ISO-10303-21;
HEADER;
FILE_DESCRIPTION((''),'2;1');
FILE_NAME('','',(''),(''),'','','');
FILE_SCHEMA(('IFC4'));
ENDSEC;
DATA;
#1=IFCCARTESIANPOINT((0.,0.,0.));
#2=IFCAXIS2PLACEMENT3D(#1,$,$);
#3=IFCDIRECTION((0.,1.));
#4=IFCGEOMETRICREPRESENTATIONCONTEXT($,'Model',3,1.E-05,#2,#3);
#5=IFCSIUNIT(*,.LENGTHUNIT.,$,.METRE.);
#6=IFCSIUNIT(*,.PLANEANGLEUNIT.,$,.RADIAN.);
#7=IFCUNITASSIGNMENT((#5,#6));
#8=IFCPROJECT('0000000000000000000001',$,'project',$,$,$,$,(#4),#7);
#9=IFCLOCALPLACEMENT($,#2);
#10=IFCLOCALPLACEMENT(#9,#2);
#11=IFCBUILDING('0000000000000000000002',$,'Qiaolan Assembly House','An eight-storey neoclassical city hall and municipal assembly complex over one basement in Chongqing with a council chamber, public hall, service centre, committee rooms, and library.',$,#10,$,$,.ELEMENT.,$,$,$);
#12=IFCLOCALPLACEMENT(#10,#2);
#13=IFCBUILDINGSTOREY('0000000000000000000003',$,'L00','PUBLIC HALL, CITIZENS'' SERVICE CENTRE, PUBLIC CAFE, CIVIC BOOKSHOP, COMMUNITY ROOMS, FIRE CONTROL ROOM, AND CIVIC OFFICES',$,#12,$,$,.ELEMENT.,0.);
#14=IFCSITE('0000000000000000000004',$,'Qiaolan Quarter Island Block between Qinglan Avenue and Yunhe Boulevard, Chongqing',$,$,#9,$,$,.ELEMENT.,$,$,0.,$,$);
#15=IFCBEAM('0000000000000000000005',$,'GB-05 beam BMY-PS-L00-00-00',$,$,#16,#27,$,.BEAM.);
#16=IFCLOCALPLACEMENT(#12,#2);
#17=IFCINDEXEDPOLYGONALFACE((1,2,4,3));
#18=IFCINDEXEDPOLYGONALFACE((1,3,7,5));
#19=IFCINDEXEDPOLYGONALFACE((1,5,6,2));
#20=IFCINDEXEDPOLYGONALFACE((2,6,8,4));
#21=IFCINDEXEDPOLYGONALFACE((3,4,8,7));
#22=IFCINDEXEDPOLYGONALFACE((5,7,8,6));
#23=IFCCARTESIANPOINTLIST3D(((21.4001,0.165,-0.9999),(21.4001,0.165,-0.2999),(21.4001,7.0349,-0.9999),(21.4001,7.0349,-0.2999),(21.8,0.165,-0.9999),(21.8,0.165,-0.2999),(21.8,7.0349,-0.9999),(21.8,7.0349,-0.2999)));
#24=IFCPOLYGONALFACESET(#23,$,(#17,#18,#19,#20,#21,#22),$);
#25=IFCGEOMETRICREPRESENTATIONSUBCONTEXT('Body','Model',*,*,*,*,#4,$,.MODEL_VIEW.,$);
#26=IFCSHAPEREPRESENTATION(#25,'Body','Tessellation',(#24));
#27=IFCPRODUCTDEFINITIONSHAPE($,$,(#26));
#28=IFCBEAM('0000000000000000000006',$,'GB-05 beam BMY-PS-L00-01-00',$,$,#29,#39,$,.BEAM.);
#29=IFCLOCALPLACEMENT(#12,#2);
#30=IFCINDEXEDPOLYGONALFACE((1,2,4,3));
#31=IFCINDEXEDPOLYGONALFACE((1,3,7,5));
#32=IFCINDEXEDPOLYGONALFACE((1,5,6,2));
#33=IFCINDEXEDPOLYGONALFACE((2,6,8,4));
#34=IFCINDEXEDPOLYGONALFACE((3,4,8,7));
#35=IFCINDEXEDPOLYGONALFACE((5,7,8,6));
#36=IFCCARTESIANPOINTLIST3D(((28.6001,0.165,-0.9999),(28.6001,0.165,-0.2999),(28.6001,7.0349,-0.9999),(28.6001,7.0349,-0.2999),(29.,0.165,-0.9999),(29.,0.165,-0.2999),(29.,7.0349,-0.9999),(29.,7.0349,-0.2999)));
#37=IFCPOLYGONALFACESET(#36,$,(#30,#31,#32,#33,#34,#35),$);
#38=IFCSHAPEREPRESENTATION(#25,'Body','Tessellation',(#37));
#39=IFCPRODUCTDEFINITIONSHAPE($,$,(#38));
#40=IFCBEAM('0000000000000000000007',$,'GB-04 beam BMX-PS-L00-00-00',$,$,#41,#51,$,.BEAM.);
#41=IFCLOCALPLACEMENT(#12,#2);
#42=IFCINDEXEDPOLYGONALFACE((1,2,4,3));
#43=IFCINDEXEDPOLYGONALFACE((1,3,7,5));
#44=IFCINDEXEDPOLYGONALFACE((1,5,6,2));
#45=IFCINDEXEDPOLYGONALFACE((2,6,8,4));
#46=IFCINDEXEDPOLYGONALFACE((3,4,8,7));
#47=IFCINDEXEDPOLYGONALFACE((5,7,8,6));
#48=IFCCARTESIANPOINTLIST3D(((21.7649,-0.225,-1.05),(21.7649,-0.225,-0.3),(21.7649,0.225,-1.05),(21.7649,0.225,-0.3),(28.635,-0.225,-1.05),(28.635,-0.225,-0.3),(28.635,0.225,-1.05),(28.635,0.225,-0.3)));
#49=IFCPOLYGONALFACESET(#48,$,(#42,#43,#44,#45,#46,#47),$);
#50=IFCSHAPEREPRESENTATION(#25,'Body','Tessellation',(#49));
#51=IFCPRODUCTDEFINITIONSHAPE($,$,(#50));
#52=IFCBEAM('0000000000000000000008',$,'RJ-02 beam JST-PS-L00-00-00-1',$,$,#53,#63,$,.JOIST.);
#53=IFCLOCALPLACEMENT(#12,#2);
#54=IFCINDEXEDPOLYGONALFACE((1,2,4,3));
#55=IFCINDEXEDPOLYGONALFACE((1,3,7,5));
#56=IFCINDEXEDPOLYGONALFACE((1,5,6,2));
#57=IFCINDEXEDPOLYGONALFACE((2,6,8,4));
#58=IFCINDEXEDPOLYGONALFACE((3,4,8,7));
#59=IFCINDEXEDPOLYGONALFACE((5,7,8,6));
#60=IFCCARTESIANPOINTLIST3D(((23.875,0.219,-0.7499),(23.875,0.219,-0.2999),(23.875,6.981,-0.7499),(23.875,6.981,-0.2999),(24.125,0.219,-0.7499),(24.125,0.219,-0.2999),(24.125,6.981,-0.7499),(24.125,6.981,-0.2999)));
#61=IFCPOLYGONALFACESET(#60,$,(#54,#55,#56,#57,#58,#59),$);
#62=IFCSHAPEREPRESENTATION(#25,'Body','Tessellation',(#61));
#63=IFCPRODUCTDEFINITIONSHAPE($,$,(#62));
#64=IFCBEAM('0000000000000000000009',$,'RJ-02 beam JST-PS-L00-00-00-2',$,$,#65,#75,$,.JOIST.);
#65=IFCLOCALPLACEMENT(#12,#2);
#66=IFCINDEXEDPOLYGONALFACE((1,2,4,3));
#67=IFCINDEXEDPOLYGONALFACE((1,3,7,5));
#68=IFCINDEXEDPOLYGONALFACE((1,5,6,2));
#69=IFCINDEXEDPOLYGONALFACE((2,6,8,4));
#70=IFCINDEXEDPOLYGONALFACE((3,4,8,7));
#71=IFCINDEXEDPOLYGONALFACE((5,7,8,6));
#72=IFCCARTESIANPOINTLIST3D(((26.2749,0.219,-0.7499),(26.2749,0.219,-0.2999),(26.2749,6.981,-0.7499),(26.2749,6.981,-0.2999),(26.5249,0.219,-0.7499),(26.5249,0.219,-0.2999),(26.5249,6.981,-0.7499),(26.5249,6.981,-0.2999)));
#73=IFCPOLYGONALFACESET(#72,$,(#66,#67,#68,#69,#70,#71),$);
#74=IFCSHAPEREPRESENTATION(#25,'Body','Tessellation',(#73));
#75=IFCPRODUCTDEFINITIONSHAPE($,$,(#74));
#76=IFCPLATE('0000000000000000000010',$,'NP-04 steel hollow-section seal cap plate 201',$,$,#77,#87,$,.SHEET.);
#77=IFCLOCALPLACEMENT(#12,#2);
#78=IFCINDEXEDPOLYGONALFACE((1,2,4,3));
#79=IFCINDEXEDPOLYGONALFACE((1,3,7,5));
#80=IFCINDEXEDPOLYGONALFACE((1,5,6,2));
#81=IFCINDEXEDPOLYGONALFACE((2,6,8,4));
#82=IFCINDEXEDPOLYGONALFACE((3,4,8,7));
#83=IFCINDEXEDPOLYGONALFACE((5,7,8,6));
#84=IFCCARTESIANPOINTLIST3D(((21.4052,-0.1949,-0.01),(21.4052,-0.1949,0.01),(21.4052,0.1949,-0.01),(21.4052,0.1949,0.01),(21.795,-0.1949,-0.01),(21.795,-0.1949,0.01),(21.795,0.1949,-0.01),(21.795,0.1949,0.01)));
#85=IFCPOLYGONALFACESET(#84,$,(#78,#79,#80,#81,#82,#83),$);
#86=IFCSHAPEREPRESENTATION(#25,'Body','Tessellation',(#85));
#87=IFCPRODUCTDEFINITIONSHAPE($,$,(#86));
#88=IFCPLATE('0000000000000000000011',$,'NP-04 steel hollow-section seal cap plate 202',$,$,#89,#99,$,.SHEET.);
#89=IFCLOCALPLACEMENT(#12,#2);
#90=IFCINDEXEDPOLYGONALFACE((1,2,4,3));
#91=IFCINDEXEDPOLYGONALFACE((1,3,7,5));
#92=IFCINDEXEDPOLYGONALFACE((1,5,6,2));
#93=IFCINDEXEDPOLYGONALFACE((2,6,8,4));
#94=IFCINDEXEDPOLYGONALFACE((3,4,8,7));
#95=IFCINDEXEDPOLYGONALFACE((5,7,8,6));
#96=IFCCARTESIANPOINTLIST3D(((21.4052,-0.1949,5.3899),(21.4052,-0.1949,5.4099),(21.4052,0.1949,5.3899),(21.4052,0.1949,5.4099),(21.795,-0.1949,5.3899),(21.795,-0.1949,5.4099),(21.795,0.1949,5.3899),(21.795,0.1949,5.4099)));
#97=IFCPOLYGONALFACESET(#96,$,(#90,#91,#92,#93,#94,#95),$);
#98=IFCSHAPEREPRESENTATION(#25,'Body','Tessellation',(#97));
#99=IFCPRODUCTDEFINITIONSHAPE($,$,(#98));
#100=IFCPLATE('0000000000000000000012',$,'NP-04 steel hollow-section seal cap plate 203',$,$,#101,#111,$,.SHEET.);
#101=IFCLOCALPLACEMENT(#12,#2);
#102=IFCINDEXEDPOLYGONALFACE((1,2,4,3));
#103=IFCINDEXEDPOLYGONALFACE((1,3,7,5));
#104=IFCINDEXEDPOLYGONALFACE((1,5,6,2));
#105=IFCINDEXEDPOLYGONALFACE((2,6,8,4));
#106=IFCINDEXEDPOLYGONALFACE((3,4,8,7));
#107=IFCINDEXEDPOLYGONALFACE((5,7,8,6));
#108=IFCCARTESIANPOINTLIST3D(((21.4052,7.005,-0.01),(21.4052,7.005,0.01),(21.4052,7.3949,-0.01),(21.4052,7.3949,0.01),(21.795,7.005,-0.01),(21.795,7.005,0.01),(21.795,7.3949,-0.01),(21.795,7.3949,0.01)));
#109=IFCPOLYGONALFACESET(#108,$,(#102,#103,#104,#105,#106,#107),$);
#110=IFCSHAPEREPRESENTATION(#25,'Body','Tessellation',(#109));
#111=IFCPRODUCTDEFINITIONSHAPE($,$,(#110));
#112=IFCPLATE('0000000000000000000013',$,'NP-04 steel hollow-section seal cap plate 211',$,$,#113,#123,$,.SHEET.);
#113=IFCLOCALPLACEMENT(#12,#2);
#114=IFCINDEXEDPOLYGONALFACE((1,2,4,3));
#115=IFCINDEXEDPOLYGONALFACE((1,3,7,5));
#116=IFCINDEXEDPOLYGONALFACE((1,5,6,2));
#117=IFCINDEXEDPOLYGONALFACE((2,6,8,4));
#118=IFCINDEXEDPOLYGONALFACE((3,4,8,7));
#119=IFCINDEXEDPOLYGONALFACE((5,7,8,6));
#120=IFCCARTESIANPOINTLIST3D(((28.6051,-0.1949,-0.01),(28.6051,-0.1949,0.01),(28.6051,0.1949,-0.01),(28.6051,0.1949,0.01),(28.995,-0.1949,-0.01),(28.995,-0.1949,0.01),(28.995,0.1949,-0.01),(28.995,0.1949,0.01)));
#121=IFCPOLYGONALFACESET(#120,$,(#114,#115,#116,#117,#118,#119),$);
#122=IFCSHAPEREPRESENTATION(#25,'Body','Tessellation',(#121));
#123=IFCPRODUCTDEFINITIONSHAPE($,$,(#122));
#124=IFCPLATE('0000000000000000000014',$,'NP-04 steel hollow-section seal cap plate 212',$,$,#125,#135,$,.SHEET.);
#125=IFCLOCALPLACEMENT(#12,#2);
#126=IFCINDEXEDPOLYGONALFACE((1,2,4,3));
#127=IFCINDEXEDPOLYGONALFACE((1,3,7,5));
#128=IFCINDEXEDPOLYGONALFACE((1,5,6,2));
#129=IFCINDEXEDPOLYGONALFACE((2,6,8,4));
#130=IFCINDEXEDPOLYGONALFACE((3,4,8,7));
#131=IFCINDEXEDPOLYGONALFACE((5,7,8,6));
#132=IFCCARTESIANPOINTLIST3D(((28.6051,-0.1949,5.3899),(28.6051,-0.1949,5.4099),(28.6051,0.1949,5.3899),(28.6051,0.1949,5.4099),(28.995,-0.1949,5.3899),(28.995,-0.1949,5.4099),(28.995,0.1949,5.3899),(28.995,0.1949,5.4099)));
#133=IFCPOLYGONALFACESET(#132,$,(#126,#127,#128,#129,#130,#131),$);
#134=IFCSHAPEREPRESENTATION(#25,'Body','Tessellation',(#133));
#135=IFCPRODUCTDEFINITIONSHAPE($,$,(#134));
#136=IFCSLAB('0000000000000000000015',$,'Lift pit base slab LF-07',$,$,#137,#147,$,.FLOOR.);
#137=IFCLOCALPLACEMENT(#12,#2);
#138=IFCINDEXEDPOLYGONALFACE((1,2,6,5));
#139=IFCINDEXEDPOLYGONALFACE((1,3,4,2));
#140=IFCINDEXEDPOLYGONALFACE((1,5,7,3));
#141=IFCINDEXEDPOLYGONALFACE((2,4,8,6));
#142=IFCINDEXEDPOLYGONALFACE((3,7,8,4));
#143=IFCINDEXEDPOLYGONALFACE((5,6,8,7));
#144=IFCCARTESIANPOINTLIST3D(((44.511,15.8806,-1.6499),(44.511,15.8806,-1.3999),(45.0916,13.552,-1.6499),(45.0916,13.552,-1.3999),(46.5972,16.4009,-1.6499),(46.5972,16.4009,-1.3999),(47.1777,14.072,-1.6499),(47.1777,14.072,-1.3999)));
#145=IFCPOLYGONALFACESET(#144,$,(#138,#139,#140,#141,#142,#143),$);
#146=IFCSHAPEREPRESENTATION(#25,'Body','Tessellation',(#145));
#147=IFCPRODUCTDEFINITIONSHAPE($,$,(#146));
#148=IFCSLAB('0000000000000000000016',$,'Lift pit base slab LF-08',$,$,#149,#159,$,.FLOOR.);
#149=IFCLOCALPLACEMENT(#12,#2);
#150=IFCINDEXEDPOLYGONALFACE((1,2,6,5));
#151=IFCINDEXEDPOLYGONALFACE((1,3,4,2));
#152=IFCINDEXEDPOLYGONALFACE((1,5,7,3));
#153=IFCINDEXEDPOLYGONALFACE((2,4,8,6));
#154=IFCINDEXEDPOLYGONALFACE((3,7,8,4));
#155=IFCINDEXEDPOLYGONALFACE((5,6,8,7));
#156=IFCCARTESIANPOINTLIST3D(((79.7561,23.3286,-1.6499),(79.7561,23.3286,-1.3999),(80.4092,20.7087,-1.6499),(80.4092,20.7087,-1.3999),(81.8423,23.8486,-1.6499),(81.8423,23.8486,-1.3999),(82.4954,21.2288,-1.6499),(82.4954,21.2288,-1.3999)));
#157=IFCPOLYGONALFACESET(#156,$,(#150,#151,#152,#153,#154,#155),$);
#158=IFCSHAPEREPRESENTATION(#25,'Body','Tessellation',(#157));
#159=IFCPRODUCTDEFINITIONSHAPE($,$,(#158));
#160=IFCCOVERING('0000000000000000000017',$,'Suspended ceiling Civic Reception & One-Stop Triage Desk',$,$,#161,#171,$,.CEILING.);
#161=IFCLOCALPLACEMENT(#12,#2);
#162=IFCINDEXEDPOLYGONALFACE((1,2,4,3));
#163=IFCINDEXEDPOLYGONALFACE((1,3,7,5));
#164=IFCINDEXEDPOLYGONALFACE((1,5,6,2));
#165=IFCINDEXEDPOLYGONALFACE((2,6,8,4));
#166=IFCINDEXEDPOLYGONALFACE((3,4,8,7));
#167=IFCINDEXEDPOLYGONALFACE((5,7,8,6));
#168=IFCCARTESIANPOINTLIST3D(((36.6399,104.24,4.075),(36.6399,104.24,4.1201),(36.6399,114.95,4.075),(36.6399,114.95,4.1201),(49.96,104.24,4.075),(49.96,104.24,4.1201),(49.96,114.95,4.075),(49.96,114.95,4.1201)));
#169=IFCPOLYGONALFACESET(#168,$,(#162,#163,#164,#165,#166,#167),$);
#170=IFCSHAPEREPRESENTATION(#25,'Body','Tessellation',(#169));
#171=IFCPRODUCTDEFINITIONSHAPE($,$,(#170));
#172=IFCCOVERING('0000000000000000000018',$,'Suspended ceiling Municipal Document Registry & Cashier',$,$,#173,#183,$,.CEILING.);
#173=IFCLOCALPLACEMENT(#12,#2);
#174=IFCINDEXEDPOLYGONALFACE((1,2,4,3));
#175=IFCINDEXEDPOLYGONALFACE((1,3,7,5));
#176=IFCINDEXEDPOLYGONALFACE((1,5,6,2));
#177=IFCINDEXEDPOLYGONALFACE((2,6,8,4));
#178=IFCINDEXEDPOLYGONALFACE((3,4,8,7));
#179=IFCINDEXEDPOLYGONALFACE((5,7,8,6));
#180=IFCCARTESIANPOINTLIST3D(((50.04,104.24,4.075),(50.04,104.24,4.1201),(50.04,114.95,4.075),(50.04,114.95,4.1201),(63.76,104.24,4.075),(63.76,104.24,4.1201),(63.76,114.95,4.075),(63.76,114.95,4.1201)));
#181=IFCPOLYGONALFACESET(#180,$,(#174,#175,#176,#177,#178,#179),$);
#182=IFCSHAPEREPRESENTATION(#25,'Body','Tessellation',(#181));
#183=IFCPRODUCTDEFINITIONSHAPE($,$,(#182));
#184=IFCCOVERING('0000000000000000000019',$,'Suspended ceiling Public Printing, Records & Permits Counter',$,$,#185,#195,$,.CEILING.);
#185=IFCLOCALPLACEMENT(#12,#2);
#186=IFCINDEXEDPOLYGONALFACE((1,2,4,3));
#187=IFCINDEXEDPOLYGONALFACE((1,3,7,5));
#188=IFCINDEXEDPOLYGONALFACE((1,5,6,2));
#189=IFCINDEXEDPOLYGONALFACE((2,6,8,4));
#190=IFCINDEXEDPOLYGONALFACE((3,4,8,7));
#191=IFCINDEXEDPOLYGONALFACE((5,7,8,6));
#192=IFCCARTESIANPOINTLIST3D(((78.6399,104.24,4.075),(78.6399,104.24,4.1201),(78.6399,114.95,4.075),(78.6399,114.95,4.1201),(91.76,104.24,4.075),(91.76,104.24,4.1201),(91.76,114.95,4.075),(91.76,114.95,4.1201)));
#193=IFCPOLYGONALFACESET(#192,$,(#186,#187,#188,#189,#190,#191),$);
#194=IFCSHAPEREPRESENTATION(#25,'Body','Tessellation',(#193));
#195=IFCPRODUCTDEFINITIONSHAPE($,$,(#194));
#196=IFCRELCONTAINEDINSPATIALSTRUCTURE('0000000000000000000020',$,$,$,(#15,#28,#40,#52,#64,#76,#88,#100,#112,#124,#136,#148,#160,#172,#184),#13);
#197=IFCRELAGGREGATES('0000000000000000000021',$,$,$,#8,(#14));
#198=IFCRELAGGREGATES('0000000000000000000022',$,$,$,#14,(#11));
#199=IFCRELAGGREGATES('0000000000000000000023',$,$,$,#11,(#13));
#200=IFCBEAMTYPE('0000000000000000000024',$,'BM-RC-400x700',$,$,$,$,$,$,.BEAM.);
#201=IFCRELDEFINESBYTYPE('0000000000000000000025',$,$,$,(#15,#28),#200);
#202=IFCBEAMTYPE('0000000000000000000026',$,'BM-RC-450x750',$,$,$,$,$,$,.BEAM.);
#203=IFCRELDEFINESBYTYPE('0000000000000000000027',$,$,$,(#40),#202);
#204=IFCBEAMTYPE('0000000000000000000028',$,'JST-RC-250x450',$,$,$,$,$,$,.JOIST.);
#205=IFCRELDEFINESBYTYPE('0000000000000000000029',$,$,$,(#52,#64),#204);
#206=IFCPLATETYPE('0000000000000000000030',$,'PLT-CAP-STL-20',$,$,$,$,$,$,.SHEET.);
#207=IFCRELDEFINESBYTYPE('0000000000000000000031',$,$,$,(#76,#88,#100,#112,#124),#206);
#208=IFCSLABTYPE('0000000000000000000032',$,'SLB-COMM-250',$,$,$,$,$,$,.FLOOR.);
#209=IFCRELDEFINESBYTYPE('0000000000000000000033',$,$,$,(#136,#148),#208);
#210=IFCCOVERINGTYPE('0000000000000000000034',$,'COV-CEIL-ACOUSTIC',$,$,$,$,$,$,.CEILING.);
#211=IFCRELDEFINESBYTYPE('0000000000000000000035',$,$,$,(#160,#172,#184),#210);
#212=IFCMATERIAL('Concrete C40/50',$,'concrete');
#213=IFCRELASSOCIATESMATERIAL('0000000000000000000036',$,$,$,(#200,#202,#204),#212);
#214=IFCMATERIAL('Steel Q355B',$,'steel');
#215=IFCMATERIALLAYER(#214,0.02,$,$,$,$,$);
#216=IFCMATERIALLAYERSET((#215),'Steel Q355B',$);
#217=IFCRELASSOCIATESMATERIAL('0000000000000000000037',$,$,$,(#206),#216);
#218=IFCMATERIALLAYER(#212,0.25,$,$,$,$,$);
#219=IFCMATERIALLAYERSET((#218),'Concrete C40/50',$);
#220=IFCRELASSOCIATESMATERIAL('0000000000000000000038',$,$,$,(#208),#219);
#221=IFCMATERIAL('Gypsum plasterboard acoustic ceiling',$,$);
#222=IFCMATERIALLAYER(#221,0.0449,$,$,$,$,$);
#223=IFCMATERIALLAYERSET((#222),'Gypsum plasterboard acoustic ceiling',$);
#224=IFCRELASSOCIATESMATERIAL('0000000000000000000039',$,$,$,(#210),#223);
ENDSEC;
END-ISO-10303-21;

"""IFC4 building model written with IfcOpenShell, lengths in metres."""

from ifc_helpers import new_model, si_unit, direction, frame, origin, origin_2d, place, context, subcontext, project, spatial, polyline, rectangle, outline, extrude, material, layer, layer_set, material_profile, profile_set, type_object, element, save


model = new_model("IFC4")

# Units and contexts
model_context = context("Model", 3, precision=1e-05, world=origin(), true_north=direction((0.0, 1.0)))
body_context = subcontext(model_context, "Body", "Model", "MODEL_VIEW")
ifc_project = project(units=[si_unit("LENGTHUNIT", "METRE"), si_unit("PLANEANGLEUNIT", "RADIAN")], contexts=[model_context])

# Site, building, storey
site_placement = place(None, origin())
site = spatial("IfcSite", under=ifc_project, at=site_placement, Name="Qiaolan Quarter Island Block between Qinglan Avenue and Yunhe Boulevard, Chongqing", CompositionType="ELEMENT", RefElevation=0.0)
building_placement = place(site_placement, origin())
building = spatial("IfcBuilding", under=site, at=building_placement, Name="Qiaolan Assembly House", Description="An eight-storey neoclassical city hall and municipal assembly complex over one basement in Chongqing with a council chamber, public hall, service centre, committee rooms, and library.", CompositionType="ELEMENT")
storey_placement = place(building_placement, origin())
storey = spatial("IfcBuildingStorey", under=building, at=storey_placement, Name="L00", Description="PUBLIC HALL, CITIZENS' SERVICE CENTRE, PUBLIC CAFE, CIVIC BOOKSHOP, COMMUNITY ROOMS, FIRE CONTROL ROOM, AND CIVIC OFFICES", CompositionType="ELEMENT", Elevation=0.0)

# Shared definitions
ifc_material_1 = material(Name="Steel Q355B", Category="steel")

# Beams
ifc_material_2 = material(Name="Concrete C40/50", Category="concrete")
ifc_material_profile_1 = material_profile(ifc_material_2, rectangle(XDim=0.3999, YDim=0.7, at=origin_2d()), Name="RCB 400x700")
ifc_profile_set_1 = profile_set([ifc_material_profile_1], Name="Concrete C40/50")
beam_type_1 = type_object("IfcBeamType", Name="BM-RC-400x700", PredefinedType="BEAM", material=ifc_profile_set_1)
for number, where, z_axis, x_axis, name in (
    (1, (21.6001, 0.165, -0.6499), (0.0, 1.0, 0.0), (-1.0, 0.0, 0.0), "GB-05 beam BMY-PS-L00-00-00"),
    (2, (28.8, 0.165, -0.6499), (0.0, 1.0, 0.0), (-1.0, 0.0, 0.0), "GB-05 beam BMY-PS-L00-01-00"),
):
    element("IfcBeam", number, at=place(storey_placement, frame(where, z_axis=z_axis, x_axis=x_axis)), inside=storey, type_object=beam_type_1, Name=name, PredefinedType="BEAM", context=body_context, shape_type="SweptSolid", body=[
        extrude(rectangle(XDim=0.3999, YDim=0.7, at=origin_2d()), origin(), (0.0, 0.0, 1.0), 6.8699),
    ])
ifc_material_profile_2 = material_profile(ifc_material_2, rectangle(XDim=0.45, YDim=0.75, at=origin_2d()), Name="RCB 450x750")
ifc_profile_set_2 = profile_set([ifc_material_profile_2], Name="Concrete C40/50")
beam_type_2 = type_object("IfcBeamType", Name="BM-RC-450x750", PredefinedType="BEAM", material=ifc_profile_set_2)
beam_placement = place(storey_placement, frame((21.7649, 0.0, -0.675), z_axis=(1.0, 0.0, 0.0), x_axis=(0.0, 1.0, 0.0)))
element("IfcBeam", 3, at=beam_placement, inside=storey, type_object=beam_type_2, Name="GB-04 beam BMX-PS-L00-00-00", PredefinedType="BEAM", context=body_context, shape_type="SweptSolid", body=[
    extrude(rectangle(XDim=0.45, YDim=0.75, at=origin_2d()), origin(), (0.0, 0.0, 1.0), 6.8701),
])
ifc_material_profile_3 = material_profile(ifc_material_2, rectangle(XDim=0.25, YDim=0.45, at=origin_2d()), Name="RCB 250x450")
ifc_profile_set_3 = profile_set([ifc_material_profile_3], Name="Concrete C40/50")
beam_type_3 = type_object("IfcBeamType", Name="JST-RC-250x450", PredefinedType="JOIST", material=ifc_profile_set_3)
for number, where, z_axis, x_axis, name in (
    (4, (24.0, 0.219, -0.5249), (0.0, 1.0, 0.0), (-1.0, 0.0, 0.0), "RJ-02 beam JST-PS-L00-00-00-1"),
    (5, (26.3999, 0.219, -0.5249), (0.0, 1.0, 0.0), (-1.0, 0.0, 0.0), "RJ-02 beam JST-PS-L00-00-00-2"),
):
    element("IfcBeam", number, at=place(storey_placement, frame(where, z_axis=z_axis, x_axis=x_axis)), inside=storey, type_object=beam_type_3, Name=name, PredefinedType="JOIST", context=body_context, shape_type="SweptSolid", body=[
        extrude(rectangle(XDim=0.25, YDim=0.45, at=origin_2d()), origin(), (0.0, 0.0, 1.0), 6.762),
    ])

# Plates
ifc_layer_1 = layer(ifc_material_1, 0.02)
ifc_layer_set_1 = layer_set([ifc_layer_1], Name="Steel Q355B")
plate_type = type_object("IfcPlateType", Name="PLT-CAP-STL-20", PredefinedType="SHEET", material=ifc_layer_set_1)
for number, where, z_axis, x_axis, name in (
    (6, (21.6001, 0.0, -0.01), (0.0, 0.0, 1.0), (1.0, 0.0, 0.0), "NP-04 steel hollow-section seal cap plate 201"),
    (7, (21.6001, 0.0, 5.3899), (0.0, 0.0, 1.0), (1.0, 0.0, 0.0), "NP-04 steel hollow-section seal cap plate 202"),
    (8, (21.6001, 7.2, -0.01), (0.0, 0.0, 1.0), (1.0, 0.0, 0.0), "NP-04 steel hollow-section seal cap plate 203"),
    (9, (28.8, 0.0, -0.01), (0.0, 0.0, 1.0), (1.0, 0.0, 0.0), "NP-04 steel hollow-section seal cap plate 211"),
    (10, (28.8, 0.0, 5.3899), (0.0, 0.0, 1.0), (1.0, 0.0, 0.0), "NP-04 steel hollow-section seal cap plate 212"),
):
    element("IfcPlate", number, at=place(storey_placement, frame(where, z_axis=z_axis, x_axis=x_axis)), inside=storey, type_object=plate_type, Name=name, PredefinedType="SHEET", context=body_context, shape_type="SweptSolid", body=[
        extrude(rectangle(XDim=0.3899, YDim=0.3899, at=origin_2d()), origin(), (0.0, 0.0, 1.0), 0.02),
    ])

# Slabs
ifc_layer_2 = layer(ifc_material_2, 0.25)
ifc_layer_set_2 = layer_set([ifc_layer_2], Name="Concrete C40/50")
slab_type = type_object("IfcSlabType", Name="SLB-COMM-250", PredefinedType="FLOOR", material=ifc_layer_set_2)
slab_1_placement = place(storey_placement, frame((0.0, 0.0, -1.6499)))
element("IfcSlab", 11, at=slab_1_placement, inside=storey, type_object=slab_type, Name="Lift pit base slab LF-07", PredefinedType="FLOOR", context=body_context, shape_type="SweptSolid", body=[
    extrude(outline(polyline([(45.0916, 13.552), (44.511, 15.8806), (46.5972, 16.4009), (47.1777, 14.072), (45.0916, 13.552)])), origin(), (0.0, 0.0, 1.0), 0.25),
])
slab_2_placement = place(storey_placement, frame((0.0, 0.0, -1.6499)))
element("IfcSlab", 12, at=slab_2_placement, inside=storey, type_object=slab_type, Name="Lift pit base slab LF-08", PredefinedType="FLOOR", context=body_context, shape_type="SweptSolid", body=[
    extrude(outline(polyline([(80.4092, 20.7087), (79.7561, 23.3286), (81.8423, 23.8486), (82.4954, 21.2288), (80.4092, 20.7087)])), origin(), (0.0, 0.0, 1.0), 0.25),
])

# Coverings
ifc_material_3 = material(Name="Gypsum plasterboard acoustic ceiling")
ifc_layer_3 = layer(ifc_material_3, 0.0449)
ifc_layer_set_3 = layer_set([ifc_layer_3], Name="Gypsum plasterboard acoustic ceiling")
covering_type_1 = type_object("IfcCoveringType", Name="COV-CEIL-ACOUSTIC", PredefinedType="CEILING", material=ifc_layer_set_3)
covering_1_placement = place(storey_placement, frame((0.0, 0.0, 4.075)))
element("IfcCovering", 13, at=covering_1_placement, inside=storey, type_object=covering_type_1, Name="Suspended ceiling Civic Reception & One-Stop Triage Desk", PredefinedType="CEILING", context=body_context, shape_type="SweptSolid", body=[
    extrude(outline(polyline([(36.6399, 104.24), (49.96, 104.24), (49.96, 114.95), (36.6399, 114.95), (36.6399, 104.24)])), origin(), (0.0, 0.0, 1.0), 0.0452),
])
covering_2_placement = place(storey_placement, frame((0.0, 0.0, 4.075)))
element("IfcCovering", 14, at=covering_2_placement, inside=storey, type_object=covering_type_1, Name="Suspended ceiling Municipal Document Registry & Cashier", PredefinedType="CEILING", context=body_context, shape_type="SweptSolid", body=[
    extrude(outline(polyline([(50.04, 104.24), (63.76, 104.24), (63.76, 114.95), (50.04, 114.95), (50.04, 104.24)])), origin(), (0.0, 0.0, 1.0), 0.0452),
])
covering_3_placement = place(storey_placement, frame((0.0, 0.0, 4.075)))
element("IfcCovering", 15, at=covering_3_placement, inside=storey, type_object=covering_type_1, Name="Suspended ceiling Public Printing, Records & Permits Counter", PredefinedType="CEILING", context=body_context, shape_type="SweptSolid", body=[
    extrude(outline(polyline([(78.6399, 104.24), (91.76, 104.24), (91.76, 114.95), (78.6399, 114.95), (78.6399, 104.24)])), origin(), (0.0, 0.0, 1.0), 0.0452),
])

save(model, "model.ifc")
